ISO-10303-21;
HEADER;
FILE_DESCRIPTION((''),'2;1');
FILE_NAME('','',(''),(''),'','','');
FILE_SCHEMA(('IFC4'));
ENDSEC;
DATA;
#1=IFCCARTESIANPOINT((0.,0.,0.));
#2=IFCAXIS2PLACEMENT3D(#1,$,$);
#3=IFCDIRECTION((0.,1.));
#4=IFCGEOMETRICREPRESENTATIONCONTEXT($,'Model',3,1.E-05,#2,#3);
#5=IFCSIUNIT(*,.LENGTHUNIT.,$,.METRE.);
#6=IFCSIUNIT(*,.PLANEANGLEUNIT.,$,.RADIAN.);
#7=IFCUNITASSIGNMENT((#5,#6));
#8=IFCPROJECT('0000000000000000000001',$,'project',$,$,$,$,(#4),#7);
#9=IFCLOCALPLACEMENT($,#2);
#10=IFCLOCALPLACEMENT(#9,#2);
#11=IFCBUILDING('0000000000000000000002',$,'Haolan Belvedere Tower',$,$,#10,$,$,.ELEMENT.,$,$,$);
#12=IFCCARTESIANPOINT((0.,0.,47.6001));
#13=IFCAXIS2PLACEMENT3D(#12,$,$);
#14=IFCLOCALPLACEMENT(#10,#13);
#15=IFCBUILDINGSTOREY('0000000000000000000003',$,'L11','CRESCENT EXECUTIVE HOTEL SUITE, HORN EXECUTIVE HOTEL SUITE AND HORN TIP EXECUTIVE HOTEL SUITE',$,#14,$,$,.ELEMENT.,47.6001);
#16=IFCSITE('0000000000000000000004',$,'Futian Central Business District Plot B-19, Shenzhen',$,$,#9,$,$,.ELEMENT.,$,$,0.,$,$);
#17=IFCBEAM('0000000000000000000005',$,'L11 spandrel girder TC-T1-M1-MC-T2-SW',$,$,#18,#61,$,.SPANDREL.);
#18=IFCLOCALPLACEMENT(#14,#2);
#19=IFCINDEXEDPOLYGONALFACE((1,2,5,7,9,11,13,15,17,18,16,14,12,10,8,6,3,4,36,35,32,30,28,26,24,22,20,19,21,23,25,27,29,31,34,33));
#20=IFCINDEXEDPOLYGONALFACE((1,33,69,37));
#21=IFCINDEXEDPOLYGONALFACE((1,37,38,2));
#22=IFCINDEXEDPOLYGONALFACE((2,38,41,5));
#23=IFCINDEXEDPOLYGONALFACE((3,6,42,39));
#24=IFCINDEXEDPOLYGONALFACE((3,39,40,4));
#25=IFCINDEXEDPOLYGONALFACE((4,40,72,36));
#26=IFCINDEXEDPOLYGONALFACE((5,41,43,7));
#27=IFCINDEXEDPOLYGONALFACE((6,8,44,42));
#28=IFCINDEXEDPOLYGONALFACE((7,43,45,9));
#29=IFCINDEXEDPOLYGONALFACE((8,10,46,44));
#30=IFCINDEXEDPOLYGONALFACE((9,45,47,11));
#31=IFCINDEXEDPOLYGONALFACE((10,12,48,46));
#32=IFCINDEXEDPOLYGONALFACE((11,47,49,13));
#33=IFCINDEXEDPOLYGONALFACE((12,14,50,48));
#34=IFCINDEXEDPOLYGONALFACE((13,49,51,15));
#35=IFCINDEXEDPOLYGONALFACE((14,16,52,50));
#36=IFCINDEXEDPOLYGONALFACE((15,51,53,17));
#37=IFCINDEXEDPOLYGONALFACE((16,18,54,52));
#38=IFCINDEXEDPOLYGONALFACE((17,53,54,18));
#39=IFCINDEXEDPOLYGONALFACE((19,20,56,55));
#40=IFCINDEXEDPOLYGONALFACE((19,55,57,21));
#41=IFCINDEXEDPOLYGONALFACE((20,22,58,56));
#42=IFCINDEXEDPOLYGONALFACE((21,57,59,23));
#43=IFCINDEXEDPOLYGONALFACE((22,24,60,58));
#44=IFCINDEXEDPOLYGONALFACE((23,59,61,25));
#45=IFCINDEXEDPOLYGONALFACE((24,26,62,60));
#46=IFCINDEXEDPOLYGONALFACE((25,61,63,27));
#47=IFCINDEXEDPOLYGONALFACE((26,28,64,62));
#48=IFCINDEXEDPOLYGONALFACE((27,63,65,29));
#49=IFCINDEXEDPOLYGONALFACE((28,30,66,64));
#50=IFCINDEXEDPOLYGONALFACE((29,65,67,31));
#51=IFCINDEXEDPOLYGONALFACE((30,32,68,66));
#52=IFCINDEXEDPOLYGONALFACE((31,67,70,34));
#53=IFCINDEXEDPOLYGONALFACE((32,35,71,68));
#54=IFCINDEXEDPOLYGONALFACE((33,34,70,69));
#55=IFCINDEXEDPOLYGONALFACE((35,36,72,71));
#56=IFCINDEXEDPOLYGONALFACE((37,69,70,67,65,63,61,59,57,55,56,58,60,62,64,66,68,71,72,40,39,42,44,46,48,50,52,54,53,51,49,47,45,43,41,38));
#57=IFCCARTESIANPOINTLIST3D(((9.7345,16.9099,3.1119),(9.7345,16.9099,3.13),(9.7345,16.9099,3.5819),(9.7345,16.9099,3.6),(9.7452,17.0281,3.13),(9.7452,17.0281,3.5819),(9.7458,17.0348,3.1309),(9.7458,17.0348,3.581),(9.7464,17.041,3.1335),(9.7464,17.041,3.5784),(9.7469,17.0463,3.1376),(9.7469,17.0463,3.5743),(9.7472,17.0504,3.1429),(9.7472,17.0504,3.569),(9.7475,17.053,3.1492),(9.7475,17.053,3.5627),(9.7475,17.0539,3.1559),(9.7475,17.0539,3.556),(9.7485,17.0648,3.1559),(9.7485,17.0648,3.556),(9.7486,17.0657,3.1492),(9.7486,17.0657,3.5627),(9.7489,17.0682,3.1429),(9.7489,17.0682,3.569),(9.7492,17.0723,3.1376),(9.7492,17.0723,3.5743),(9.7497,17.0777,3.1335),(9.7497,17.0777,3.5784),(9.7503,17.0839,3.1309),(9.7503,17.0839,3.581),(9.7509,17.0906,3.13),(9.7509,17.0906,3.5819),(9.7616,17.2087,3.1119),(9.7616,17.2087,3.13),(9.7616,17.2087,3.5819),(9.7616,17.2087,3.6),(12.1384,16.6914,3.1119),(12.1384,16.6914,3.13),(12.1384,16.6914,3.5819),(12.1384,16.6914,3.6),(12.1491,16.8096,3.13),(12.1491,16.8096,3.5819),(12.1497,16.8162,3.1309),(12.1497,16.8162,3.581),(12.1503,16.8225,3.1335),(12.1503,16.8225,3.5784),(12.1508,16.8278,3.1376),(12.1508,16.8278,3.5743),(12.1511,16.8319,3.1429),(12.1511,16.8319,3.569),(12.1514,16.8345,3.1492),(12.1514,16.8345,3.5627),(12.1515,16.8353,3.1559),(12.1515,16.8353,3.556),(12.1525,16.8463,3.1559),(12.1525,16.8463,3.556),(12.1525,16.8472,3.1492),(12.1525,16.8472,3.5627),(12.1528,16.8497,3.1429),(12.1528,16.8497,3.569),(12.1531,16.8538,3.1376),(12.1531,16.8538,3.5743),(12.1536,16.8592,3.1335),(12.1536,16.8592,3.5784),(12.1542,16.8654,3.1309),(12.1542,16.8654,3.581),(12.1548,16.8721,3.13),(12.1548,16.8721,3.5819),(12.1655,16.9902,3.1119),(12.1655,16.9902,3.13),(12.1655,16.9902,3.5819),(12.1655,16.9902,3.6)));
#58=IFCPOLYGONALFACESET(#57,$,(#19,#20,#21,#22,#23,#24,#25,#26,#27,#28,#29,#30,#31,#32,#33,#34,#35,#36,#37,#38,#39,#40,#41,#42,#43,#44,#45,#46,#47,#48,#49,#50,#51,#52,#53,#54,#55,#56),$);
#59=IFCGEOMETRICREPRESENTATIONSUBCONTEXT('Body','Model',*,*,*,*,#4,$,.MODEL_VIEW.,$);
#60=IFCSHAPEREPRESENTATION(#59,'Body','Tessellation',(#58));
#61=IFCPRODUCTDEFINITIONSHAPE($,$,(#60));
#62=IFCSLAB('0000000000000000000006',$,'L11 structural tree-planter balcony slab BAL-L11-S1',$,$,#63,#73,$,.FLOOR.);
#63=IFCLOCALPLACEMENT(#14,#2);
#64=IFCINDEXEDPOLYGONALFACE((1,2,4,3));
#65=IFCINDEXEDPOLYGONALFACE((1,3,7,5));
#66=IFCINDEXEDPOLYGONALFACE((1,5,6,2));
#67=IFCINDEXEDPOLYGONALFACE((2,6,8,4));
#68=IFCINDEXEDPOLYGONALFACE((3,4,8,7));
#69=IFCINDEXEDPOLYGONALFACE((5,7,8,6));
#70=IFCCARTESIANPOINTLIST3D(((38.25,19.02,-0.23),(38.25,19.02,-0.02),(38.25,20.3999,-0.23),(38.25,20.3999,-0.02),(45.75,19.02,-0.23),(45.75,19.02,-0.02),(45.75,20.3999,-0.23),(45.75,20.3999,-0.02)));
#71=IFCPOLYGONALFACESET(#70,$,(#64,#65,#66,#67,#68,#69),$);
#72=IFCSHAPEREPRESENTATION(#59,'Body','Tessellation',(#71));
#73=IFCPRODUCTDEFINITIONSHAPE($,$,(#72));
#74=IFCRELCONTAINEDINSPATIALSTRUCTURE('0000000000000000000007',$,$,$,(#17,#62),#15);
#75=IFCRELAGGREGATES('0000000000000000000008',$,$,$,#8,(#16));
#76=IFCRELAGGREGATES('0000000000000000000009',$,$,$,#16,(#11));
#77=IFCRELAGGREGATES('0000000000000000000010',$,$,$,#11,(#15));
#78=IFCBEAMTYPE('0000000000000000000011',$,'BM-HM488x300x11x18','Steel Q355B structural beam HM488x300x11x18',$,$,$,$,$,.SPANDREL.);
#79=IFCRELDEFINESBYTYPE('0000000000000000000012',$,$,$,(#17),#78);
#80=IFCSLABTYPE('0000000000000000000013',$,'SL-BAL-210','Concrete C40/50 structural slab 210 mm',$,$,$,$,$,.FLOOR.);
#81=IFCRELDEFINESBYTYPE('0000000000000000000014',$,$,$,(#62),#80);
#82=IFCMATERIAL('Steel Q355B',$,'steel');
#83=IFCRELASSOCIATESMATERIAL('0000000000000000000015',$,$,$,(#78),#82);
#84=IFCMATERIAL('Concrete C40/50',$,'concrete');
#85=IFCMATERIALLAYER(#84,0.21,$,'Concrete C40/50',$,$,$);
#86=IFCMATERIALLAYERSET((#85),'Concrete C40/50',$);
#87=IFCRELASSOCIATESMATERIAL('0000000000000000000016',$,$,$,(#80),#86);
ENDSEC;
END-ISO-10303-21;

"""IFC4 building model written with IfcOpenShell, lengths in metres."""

from ifc_helpers import new_model, si_unit, direction, frame, origin, origin_2d, place, context, subcontext, project, spatial, polyline, i_section, outline, extrude, material, layer, layer_set, material_profile, profile_set, type_object, element, save


model = new_model("IFC4")

# Units and contexts
model_context = context("Model", 3, precision=1e-05, world=origin(), true_north=direction((0.0, 1.0)))
body_context = subcontext(model_context, "Body", "Model", "MODEL_VIEW")
ifc_project = project(units=[si_unit("LENGTHUNIT", "METRE"), si_unit("PLANEANGLEUNIT", "RADIAN")], contexts=[model_context])

# Site, building, storey
site_placement = place(None, origin())
site = spatial("IfcSite", under=ifc_project, at=site_placement, Name="Futian Central Business District Plot B-19, Shenzhen", CompositionType="ELEMENT", RefElevation=0.0)
building_placement = place(site_placement, origin())
building = spatial("IfcBuilding", under=site, at=building_placement, Name="Haolan Belvedere Tower", CompositionType="ELEMENT")
storey_placement = place(building_placement, frame((0.0, 0.0, 47.6001)))
storey = spatial("IfcBuildingStorey", under=building, at=storey_placement, Name="L11", Description="CRESCENT EXECUTIVE HOTEL SUITE, HORN EXECUTIVE HOTEL SUITE AND HORN TIP EXECUTIVE HOTEL SUITE", CompositionType="ELEMENT", Elevation=47.6001)

# Shared definitions
ifc_material_1 = material(Name="Steel Q355B", Category="steel")

# Beam
ifc_material_profile_1 = material_profile(ifc_material_1, i_section(OverallWidth=0.3, OverallDepth=0.488, WebThickness=0.011, FlangeThickness=0.0181, FilletRadius=0.0259, at=origin_2d()), Name="Steel Q355B")
ifc_profile_set_1 = profile_set([ifc_material_profile_1], Name="Steel Q355B")
beam_type = type_object("IfcBeamType", Name="BM-HM488x300x11x18", Description="Steel Q355B structural beam HM488x300x11x18", PredefinedType="SPANDREL", material=ifc_profile_set_1)
beam_1_placement = place(storey_placement, frame((9.748, 17.0593, 3.356), z_axis=(0.995894, -0.090527, 0.0), x_axis=(0.090527, 0.995894, 0.0)))
element("IfcBeam", 1, at=beam_1_placement, inside=storey, type_object=beam_type, Name="L11 spandrel girder TC-T1-M1-MC-T2-SW", PredefinedType="SPANDREL", context=body_context, shape_type="SweptSolid", body=[
    extrude(i_section(OverallWidth=0.3, OverallDepth=0.488, WebThickness=0.011, FlangeThickness=0.0181, FilletRadius=0.0259, at=origin_2d()), origin(), (0.0, 0.0, 1.0), 2.4138),
])

# Slab
ifc_material_2 = material(Name="Concrete C40/50", Category="concrete")
ifc_layer_1 = layer(ifc_material_2, 0.21, Name="Concrete C40/50")
ifc_layer_set_1 = layer_set([ifc_layer_1], Name="Concrete C40/50")
slab_type_1 = type_object("IfcSlabType", Name="SL-BAL-210", Description="Concrete C40/50 structural slab 210 mm", PredefinedType="FLOOR", material=ifc_layer_set_1)
slab_1_placement = place(storey_placement, frame((0.0, 0.0, -0.23)))
element("IfcSlab", 2, at=slab_1_placement, inside=storey, type_object=slab_type_1, Name="L11 structural tree-planter balcony slab BAL-L11-S1", PredefinedType="FLOOR", context=body_context, shape_type="SweptSolid", body=[
    extrude(outline(polyline([(38.25, 19.02), (45.75, 19.02), (45.75, 20.3999), (38.25, 20.3999), (38.25, 19.02)])), origin(), (0.0, 0.0, 1.0), 0.21),
])

save(model, "model.ifc")
